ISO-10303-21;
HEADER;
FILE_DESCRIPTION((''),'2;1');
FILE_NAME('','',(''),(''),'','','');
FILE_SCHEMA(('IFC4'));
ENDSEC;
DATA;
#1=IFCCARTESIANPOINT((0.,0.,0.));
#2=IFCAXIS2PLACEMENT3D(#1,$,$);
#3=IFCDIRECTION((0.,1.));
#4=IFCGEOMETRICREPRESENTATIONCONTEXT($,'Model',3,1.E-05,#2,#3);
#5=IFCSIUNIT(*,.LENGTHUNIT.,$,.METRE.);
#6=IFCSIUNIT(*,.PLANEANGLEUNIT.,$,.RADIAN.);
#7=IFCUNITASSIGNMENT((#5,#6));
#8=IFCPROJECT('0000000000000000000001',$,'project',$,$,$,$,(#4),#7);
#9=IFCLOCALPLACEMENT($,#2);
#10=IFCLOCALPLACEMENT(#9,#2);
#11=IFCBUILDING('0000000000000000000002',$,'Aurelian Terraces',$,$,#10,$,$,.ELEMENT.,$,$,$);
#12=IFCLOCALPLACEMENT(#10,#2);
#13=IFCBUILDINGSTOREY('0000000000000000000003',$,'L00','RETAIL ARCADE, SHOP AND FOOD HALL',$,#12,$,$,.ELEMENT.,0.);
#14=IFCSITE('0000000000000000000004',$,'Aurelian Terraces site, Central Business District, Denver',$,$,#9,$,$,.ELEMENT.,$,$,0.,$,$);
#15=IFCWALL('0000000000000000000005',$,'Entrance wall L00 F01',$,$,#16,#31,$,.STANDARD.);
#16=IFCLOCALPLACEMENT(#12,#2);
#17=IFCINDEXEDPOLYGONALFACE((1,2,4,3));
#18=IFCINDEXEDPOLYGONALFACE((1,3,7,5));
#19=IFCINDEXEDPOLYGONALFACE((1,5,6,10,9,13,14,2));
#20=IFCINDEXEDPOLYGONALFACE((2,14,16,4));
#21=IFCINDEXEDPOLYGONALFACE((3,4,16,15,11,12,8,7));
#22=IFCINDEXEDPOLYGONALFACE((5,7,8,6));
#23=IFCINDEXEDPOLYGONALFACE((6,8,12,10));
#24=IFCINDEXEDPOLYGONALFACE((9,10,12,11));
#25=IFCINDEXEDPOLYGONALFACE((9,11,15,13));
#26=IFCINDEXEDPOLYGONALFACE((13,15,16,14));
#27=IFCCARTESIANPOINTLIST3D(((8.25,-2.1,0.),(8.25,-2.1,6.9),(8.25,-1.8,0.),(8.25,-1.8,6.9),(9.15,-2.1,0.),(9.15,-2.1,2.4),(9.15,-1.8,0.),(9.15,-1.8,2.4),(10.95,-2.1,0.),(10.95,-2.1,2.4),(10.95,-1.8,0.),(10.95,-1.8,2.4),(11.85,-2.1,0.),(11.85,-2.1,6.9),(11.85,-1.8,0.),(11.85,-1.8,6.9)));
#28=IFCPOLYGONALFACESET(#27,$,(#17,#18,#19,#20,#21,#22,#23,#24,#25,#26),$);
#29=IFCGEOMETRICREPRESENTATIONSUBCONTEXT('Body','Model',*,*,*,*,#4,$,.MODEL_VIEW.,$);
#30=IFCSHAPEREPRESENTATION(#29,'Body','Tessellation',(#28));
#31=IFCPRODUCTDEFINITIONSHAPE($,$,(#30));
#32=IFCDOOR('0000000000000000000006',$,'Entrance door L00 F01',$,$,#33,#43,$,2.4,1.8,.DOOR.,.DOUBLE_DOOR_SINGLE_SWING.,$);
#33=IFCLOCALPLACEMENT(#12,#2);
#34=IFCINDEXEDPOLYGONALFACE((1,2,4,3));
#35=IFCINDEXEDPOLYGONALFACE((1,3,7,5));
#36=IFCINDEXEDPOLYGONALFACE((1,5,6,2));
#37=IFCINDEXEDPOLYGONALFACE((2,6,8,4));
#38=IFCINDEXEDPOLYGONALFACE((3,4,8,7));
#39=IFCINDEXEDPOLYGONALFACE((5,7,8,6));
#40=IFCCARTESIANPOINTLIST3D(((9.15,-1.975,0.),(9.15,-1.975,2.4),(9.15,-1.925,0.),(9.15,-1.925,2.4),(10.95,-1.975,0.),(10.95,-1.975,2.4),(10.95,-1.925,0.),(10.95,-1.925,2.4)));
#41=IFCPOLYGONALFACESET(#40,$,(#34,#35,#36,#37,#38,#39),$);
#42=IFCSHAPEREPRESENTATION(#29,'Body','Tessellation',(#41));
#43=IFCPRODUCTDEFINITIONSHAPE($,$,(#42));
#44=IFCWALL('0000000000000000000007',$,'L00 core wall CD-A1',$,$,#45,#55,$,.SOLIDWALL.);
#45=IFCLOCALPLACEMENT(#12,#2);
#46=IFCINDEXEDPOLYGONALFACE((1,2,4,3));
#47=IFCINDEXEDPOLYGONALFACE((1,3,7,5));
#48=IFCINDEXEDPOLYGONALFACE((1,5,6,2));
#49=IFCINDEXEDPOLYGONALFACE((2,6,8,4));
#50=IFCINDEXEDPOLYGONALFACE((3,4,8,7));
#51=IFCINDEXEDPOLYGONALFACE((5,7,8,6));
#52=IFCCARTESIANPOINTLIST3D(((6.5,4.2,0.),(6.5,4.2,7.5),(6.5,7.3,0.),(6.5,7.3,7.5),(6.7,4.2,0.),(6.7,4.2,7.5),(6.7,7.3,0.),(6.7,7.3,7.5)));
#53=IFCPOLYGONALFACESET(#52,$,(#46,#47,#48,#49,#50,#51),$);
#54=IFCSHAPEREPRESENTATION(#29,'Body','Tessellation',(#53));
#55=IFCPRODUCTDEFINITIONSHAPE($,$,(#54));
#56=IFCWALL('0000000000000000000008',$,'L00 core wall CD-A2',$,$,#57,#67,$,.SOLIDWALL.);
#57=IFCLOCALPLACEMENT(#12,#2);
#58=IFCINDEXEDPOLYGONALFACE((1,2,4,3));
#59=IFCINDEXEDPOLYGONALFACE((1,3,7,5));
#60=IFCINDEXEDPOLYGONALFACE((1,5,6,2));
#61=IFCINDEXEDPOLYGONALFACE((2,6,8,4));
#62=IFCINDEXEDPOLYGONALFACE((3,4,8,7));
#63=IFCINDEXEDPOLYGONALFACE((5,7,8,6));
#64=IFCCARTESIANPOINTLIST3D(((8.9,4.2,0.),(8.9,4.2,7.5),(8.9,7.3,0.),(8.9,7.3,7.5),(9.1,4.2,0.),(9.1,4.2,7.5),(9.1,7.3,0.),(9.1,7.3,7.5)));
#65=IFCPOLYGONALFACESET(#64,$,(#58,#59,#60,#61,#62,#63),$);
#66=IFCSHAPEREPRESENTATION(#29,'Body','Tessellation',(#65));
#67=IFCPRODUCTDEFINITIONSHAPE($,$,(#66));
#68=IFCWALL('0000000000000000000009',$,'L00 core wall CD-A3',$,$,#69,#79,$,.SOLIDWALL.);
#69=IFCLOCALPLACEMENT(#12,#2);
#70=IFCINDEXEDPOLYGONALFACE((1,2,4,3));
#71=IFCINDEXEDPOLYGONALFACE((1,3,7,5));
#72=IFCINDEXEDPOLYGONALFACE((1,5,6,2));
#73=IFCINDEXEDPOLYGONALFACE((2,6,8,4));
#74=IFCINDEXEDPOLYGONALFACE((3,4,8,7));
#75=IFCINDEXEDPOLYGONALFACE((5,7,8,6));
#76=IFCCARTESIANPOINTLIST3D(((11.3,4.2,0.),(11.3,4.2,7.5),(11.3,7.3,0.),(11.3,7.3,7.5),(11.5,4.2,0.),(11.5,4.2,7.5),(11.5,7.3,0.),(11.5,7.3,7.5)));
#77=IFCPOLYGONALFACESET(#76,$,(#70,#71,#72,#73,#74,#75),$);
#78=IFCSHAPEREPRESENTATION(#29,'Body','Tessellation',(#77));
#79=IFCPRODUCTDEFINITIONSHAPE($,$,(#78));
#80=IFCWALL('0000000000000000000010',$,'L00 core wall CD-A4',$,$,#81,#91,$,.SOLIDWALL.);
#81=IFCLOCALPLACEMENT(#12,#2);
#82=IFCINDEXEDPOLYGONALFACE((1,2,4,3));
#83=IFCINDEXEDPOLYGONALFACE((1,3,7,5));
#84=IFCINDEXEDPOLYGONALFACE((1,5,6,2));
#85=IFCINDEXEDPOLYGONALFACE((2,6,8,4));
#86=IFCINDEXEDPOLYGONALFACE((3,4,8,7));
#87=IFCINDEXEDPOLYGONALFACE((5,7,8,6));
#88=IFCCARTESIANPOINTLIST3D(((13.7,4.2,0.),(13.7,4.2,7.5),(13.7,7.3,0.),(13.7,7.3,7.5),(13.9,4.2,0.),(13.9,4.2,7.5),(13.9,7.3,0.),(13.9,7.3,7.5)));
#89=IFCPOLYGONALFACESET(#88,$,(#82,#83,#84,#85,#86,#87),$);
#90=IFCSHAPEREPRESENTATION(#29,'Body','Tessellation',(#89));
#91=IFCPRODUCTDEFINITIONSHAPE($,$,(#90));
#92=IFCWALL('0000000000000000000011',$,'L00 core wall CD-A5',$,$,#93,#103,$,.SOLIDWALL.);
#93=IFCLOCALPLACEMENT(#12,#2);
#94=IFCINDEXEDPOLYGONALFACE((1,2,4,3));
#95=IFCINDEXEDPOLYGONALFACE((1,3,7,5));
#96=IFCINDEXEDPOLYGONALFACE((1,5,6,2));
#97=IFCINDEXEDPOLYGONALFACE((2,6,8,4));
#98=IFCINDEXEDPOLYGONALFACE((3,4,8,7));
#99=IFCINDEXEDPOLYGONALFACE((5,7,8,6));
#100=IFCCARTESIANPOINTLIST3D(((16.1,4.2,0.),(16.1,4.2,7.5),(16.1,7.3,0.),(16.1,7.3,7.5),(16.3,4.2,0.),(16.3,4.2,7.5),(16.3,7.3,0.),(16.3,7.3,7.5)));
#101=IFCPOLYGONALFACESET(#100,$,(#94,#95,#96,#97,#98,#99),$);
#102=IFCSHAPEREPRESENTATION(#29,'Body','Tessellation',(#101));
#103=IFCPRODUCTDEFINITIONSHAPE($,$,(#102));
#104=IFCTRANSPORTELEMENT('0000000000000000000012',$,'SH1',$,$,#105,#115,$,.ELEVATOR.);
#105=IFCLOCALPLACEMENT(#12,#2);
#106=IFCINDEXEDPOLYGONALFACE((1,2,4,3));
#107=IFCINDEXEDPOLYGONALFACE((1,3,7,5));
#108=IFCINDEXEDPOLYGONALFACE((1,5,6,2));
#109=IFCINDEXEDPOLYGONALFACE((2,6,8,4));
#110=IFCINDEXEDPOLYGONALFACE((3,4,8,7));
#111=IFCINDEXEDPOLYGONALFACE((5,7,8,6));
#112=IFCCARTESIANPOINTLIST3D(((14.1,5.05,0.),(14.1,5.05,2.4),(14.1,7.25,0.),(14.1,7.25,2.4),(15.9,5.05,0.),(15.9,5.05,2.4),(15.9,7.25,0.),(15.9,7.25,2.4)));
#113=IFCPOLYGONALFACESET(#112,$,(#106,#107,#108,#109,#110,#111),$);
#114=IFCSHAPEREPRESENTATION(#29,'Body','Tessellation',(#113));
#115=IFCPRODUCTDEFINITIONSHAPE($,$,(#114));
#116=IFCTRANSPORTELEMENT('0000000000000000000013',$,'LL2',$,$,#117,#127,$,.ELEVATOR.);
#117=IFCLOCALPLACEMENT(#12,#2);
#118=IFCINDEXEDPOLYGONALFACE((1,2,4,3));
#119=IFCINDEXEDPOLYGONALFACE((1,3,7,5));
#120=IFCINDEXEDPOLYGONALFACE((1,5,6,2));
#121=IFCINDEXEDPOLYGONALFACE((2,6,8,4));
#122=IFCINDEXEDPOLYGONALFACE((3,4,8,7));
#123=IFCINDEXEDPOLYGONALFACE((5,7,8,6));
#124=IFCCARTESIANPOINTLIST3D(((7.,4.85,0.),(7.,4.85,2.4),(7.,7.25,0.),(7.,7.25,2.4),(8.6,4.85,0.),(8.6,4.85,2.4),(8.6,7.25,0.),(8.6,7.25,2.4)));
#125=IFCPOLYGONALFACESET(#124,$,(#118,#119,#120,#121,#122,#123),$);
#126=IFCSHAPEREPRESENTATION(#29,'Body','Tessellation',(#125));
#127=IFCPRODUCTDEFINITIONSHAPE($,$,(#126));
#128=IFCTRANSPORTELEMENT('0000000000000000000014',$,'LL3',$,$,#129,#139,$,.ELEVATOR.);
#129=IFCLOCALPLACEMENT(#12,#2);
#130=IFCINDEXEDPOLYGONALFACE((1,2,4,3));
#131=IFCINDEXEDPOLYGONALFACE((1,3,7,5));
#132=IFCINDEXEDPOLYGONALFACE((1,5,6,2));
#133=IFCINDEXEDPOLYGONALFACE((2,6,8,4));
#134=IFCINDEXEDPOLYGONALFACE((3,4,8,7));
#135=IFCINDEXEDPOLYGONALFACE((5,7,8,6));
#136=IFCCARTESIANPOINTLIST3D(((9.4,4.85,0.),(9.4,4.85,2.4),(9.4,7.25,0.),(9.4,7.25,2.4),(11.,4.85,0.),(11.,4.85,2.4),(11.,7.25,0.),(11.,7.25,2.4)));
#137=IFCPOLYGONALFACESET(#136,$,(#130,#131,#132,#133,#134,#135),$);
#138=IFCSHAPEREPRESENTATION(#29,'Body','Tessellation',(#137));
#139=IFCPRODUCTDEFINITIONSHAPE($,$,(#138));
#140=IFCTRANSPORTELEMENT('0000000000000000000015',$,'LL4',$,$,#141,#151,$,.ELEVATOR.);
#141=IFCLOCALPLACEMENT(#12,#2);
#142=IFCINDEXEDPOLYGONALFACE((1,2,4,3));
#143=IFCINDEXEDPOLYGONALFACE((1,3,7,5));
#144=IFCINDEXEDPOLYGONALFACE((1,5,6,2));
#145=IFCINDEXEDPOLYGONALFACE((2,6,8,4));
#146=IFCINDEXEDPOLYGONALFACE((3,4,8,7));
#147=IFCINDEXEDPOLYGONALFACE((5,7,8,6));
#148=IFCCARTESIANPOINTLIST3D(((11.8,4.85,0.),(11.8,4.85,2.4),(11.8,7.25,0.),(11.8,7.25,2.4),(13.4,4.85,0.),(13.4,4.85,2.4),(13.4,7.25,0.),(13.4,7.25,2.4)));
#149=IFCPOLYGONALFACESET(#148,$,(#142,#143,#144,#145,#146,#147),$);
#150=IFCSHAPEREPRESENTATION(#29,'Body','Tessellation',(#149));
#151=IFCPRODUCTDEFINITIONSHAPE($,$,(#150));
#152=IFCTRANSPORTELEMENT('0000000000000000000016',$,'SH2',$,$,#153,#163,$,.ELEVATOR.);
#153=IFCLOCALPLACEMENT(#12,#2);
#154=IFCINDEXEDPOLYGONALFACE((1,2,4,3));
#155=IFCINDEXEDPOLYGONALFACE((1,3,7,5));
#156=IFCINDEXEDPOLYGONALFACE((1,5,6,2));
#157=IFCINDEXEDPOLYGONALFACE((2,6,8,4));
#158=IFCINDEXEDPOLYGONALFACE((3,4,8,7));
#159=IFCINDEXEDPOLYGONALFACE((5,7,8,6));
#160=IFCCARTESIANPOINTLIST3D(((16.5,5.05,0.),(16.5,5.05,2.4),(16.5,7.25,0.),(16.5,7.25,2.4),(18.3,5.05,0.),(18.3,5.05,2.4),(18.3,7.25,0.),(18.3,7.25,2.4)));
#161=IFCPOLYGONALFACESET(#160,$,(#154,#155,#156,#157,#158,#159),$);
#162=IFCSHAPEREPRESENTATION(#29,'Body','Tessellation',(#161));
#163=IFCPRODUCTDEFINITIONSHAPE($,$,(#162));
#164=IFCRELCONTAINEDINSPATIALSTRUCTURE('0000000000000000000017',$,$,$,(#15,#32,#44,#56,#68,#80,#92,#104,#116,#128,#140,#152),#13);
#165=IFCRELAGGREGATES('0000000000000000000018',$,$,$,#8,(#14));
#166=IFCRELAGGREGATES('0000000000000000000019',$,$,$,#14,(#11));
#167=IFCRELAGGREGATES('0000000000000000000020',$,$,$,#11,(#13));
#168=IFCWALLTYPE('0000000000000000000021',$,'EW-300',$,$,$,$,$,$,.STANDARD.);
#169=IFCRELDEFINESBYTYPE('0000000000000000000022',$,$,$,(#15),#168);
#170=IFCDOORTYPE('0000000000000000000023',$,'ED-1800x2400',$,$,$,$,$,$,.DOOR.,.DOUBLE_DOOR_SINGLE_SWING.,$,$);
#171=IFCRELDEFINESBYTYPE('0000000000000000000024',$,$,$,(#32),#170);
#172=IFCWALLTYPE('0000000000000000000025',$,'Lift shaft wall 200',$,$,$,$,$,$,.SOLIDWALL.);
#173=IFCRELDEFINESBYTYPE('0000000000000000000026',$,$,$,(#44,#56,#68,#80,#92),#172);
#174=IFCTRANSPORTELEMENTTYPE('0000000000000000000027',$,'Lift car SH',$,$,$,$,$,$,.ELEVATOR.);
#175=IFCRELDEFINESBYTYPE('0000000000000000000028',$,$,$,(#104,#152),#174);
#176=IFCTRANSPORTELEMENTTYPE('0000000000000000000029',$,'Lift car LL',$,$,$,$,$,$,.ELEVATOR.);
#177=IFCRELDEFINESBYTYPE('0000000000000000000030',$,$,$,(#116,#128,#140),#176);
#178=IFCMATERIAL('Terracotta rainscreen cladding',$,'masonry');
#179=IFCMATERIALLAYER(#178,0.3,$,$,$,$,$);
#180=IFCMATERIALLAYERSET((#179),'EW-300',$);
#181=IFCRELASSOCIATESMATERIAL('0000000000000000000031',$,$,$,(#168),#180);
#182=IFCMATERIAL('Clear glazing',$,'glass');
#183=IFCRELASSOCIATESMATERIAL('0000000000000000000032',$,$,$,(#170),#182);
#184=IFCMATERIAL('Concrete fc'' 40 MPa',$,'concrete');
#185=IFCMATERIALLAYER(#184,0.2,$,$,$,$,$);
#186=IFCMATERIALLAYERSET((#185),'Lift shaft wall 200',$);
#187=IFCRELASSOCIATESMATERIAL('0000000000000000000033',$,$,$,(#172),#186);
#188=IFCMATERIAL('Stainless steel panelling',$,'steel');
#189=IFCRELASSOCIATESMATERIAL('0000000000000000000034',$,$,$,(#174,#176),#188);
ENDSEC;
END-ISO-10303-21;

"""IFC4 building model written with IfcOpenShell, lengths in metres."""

from ifc_helpers import new_model, si_unit, direction, frame, frame_2d, origin, origin_2d, place, context, subcontext, project, spatial, rectangle, extrude, source, transform, mapped, material, layer, layer_set, type_object, element, fill, save


model = new_model("IFC4")

# Units and contexts
model_context = context("Model", 3, precision=1e-05, world=origin(), true_north=direction((0.0, 1.0)))
body_context = subcontext(model_context, "Body", "Model", "MODEL_VIEW")
ifc_project = project(units=[si_unit("LENGTHUNIT", "METRE"), si_unit("PLANEANGLEUNIT", "RADIAN")], contexts=[model_context])

# Site, building, storey
site_placement = place(None, origin())
site = spatial("IfcSite", under=ifc_project, at=site_placement, Name="Aurelian Terraces site, Central Business District, Denver", CompositionType="ELEMENT", RefElevation=0.0)
building_placement = place(site_placement, origin())
building = spatial("IfcBuilding", under=site, at=building_placement, Name="Aurelian Terraces", CompositionType="ELEMENT")
storey_placement = place(building_placement, origin())
storey = spatial("IfcBuildingStorey", under=building, at=storey_placement, Name="L00", Description="RETAIL ARCADE, SHOP AND FOOD HALL", CompositionType="ELEMENT", Elevation=0.0)

# Shared definitions
ifc_material_1 = material(Name="Clear glazing", Category="glass")

# Wall, opening, door
ifc_material_2 = material(Name="Terracotta rainscreen cladding", Category="masonry")
ifc_layer_1 = layer(ifc_material_2, 0.3)
ifc_layer_set_1 = layer_set([ifc_layer_1], Name="EW-300")
wall_type_1 = type_object("IfcWallType", Name="EW-300", PredefinedType="STANDARD", material=ifc_layer_set_1)
wall_1_placement = place(storey_placement, frame((8.25, -1.95, 0.0), z_axis=(0.0, 0.0, 1.0), x_axis=(1.0, 0.0, 0.0)))
wall_1 = element("IfcWall", 1, at=wall_1_placement, inside=storey, type_object=wall_type_1, Name="Entrance wall L00 F01", PredefinedType="STANDARD", context=body_context, shape_type="SweptSolid", body=[
    extrude(rectangle(XDim=3.6, YDim=0.3, at=frame_2d((1.8, 0.0))), origin(), (0.0, 0.0, 1.0), 6.9),
])
opening_1_placement = place(wall_1_placement, frame((0.9, 0.0, 0.0)))
opening_1 = element("IfcOpeningElement", 2, at=opening_1_placement, cuts=wall_1, PredefinedType="OPENING", context=body_context, shape_type="SweptSolid", body=[
    extrude(rectangle(XDim=1.8, YDim=2.4, at=frame_2d((0.9, 1.2))), frame((0.0, 0.16, 0.0), z_axis=(0.0, -1.0, 0.0), x_axis=(1.0, 0.0, 0.0)), (0.0, 0.0, 1.0), 0.32),
])
door_type_1 = type_object("IfcDoorType", Name="ED-1800x2400", OperationType="DOUBLE_DOOR_SINGLE_SWING", PredefinedType="DOOR", material=ifc_material_1)
door_1_placement = place(opening_1_placement, origin())
door_1 = element("IfcDoor", 3, at=door_1_placement, inside=storey, type_object=door_type_1, Name="Entrance door L00 F01", OperationType="DOUBLE_DOOR_SINGLE_SWING", OverallHeight=2.4, OverallWidth=1.8, PredefinedType="DOOR", context=body_context, shape_type="SweptSolid", body=[
    extrude(rectangle(XDim=1.8, YDim=2.4, at=frame_2d((0.9, 1.2))), frame((0.0, 0.025, 0.0), z_axis=(0.0, -1.0, 0.0), x_axis=(1.0, 0.0, 0.0)), (0.0, 0.0, 1.0), 0.05),
])
fill(opening_1, door_1)

# Walls
ifc_material_3 = material(Name="Concrete fc' 40 MPa", Category="concrete")
ifc_layer_2 = layer(ifc_material_3, 0.2)
ifc_layer_set_2 = layer_set([ifc_layer_2], Name="Lift shaft wall 200")
wall_type_2 = type_object("IfcWallType", Name="Lift shaft wall 200", PredefinedType="SOLIDWALL", material=ifc_layer_set_2)
wall_2_placement = place(storey_placement, frame((6.6, 4.2, 0.0), z_axis=(0.0, 0.0, 1.0), x_axis=(0.0, 1.0, 0.0)))
element("IfcWall", 4, at=wall_2_placement, inside=storey, type_object=wall_type_2, Name="L00 core wall CD-A1", PredefinedType="SOLIDWALL", context=body_context, shape_type="SweptSolid", body=[
    extrude(rectangle(XDim=3.1, YDim=0.2, at=frame_2d((1.55, 0.0))), origin(), (0.0, 0.0, 1.0), 7.5),
])
shared_shape_1 = source(origin(), body_context, "Body", "SweptSolid", [
    extrude(rectangle(XDim=3.1, YDim=0.2, at=frame_2d((1.55, 0.0))), origin(), (0.0, 0.0, 1.0), 7.5),
])
for number, where, z_axis, x_axis, name in (
    (5, (9.0, 4.2, 0.0), (0.0, 0.0, 1.0), (0.0, 1.0, 0.0), "L00 core wall CD-A2"),
    (6, (11.4, 4.2, 0.0), (0.0, 0.0, 1.0), (0.0, 1.0, 0.0), "L00 core wall CD-A3"),
    (7, (13.8, 4.2, 0.0), (0.0, 0.0, 1.0), (0.0, 1.0, 0.0), "L00 core wall CD-A4"),
    (8, (16.2, 4.2, 0.0), (0.0, 0.0, 1.0), (0.0, 1.0, 0.0), "L00 core wall CD-A5"),
):
    element("IfcWall", number, at=place(storey_placement, frame(where, z_axis=z_axis, x_axis=x_axis)), inside=storey, type_object=wall_type_2, Name=name, PredefinedType="SOLIDWALL", context=body_context, shape_type="MappedRepresentation", body=[
        mapped(shared_shape_1, transform((0.0, 0.0, 0.0), scale=1.0)),
    ])

# Transport elements
ifc_material_4 = material(Name="Stainless steel panelling", Category="steel")
transport_element_type_1 = type_object("IfcTransportElementType", Name="Lift car SH", PredefinedType="ELEVATOR", material=ifc_material_4)
transport_element_1_placement = place(storey_placement, frame((15.0, 6.15, 0.0), z_axis=(0.0, 0.0, 1.0), x_axis=(1.0, 0.0, 0.0)))
element("IfcTransportElement", 9, at=transport_element_1_placement, inside=storey, type_object=transport_element_type_1, Name="SH1", PredefinedType="ELEVATOR", context=body_context, shape_type="SweptSolid", body=[
    extrude(rectangle(XDim=1.8, YDim=2.2, at=origin_2d()), origin(), (0.0, 0.0, 1.0), 2.4),
])
transport_element_type_2 = type_object("IfcTransportElementType", Name="Lift car LL", PredefinedType="ELEVATOR", material=ifc_material_4)
shared_shape_2 = source(origin(), body_context, "Body", "SweptSolid", [
    extrude(rectangle(XDim=1.6, YDim=2.4, at=origin_2d()), origin(), (0.0, 0.0, 1.0), 2.4),
])
for number, where, z_axis, x_axis, name in (
    (10, (7.8, 6.05, 0.0), (0.0, 0.0, 1.0), (1.0, 0.0, 0.0), "LL2"),
    (11, (10.2, 6.05, 0.0), (0.0, 0.0, 1.0), (1.0, 0.0, 0.0), "LL3"),
    (12, (12.6, 6.05, 0.0), (0.0, 0.0, 1.0), (1.0, 0.0, 0.0), "LL4"),
):
    element("IfcTransportElement", number, at=place(storey_placement, frame(where, z_axis=z_axis, x_axis=x_axis)), inside=storey, type_object=transport_element_type_2, Name=name, PredefinedType="ELEVATOR", context=body_context, shape_type="MappedRepresentation", body=[
        mapped(shared_shape_2, transform((0.0, 0.0, 0.0), scale=1.0)),
    ])
shared_shape_3 = source(origin(), body_context, "Body", "SweptSolid", [
    extrude(rectangle(XDim=1.8, YDim=2.2, at=origin_2d()), origin(), (0.0, 0.0, 1.0), 2.4),
])
transport_element_2_placement = place(storey_placement, frame((17.4, 6.15, 0.0), z_axis=(0.0, 0.0, 1.0), x_axis=(1.0, 0.0, 0.0)))
element("IfcTransportElement", 13, at=transport_element_2_placement, inside=storey, type_object=transport_element_type_1, Name="SH2", PredefinedType="ELEVATOR", context=body_context, shape_type="MappedRepresentation", body=[
    mapped(shared_shape_3, transform((0.0, 0.0, 0.0), scale=1.0)),
])

save(model, "model.ifc")
